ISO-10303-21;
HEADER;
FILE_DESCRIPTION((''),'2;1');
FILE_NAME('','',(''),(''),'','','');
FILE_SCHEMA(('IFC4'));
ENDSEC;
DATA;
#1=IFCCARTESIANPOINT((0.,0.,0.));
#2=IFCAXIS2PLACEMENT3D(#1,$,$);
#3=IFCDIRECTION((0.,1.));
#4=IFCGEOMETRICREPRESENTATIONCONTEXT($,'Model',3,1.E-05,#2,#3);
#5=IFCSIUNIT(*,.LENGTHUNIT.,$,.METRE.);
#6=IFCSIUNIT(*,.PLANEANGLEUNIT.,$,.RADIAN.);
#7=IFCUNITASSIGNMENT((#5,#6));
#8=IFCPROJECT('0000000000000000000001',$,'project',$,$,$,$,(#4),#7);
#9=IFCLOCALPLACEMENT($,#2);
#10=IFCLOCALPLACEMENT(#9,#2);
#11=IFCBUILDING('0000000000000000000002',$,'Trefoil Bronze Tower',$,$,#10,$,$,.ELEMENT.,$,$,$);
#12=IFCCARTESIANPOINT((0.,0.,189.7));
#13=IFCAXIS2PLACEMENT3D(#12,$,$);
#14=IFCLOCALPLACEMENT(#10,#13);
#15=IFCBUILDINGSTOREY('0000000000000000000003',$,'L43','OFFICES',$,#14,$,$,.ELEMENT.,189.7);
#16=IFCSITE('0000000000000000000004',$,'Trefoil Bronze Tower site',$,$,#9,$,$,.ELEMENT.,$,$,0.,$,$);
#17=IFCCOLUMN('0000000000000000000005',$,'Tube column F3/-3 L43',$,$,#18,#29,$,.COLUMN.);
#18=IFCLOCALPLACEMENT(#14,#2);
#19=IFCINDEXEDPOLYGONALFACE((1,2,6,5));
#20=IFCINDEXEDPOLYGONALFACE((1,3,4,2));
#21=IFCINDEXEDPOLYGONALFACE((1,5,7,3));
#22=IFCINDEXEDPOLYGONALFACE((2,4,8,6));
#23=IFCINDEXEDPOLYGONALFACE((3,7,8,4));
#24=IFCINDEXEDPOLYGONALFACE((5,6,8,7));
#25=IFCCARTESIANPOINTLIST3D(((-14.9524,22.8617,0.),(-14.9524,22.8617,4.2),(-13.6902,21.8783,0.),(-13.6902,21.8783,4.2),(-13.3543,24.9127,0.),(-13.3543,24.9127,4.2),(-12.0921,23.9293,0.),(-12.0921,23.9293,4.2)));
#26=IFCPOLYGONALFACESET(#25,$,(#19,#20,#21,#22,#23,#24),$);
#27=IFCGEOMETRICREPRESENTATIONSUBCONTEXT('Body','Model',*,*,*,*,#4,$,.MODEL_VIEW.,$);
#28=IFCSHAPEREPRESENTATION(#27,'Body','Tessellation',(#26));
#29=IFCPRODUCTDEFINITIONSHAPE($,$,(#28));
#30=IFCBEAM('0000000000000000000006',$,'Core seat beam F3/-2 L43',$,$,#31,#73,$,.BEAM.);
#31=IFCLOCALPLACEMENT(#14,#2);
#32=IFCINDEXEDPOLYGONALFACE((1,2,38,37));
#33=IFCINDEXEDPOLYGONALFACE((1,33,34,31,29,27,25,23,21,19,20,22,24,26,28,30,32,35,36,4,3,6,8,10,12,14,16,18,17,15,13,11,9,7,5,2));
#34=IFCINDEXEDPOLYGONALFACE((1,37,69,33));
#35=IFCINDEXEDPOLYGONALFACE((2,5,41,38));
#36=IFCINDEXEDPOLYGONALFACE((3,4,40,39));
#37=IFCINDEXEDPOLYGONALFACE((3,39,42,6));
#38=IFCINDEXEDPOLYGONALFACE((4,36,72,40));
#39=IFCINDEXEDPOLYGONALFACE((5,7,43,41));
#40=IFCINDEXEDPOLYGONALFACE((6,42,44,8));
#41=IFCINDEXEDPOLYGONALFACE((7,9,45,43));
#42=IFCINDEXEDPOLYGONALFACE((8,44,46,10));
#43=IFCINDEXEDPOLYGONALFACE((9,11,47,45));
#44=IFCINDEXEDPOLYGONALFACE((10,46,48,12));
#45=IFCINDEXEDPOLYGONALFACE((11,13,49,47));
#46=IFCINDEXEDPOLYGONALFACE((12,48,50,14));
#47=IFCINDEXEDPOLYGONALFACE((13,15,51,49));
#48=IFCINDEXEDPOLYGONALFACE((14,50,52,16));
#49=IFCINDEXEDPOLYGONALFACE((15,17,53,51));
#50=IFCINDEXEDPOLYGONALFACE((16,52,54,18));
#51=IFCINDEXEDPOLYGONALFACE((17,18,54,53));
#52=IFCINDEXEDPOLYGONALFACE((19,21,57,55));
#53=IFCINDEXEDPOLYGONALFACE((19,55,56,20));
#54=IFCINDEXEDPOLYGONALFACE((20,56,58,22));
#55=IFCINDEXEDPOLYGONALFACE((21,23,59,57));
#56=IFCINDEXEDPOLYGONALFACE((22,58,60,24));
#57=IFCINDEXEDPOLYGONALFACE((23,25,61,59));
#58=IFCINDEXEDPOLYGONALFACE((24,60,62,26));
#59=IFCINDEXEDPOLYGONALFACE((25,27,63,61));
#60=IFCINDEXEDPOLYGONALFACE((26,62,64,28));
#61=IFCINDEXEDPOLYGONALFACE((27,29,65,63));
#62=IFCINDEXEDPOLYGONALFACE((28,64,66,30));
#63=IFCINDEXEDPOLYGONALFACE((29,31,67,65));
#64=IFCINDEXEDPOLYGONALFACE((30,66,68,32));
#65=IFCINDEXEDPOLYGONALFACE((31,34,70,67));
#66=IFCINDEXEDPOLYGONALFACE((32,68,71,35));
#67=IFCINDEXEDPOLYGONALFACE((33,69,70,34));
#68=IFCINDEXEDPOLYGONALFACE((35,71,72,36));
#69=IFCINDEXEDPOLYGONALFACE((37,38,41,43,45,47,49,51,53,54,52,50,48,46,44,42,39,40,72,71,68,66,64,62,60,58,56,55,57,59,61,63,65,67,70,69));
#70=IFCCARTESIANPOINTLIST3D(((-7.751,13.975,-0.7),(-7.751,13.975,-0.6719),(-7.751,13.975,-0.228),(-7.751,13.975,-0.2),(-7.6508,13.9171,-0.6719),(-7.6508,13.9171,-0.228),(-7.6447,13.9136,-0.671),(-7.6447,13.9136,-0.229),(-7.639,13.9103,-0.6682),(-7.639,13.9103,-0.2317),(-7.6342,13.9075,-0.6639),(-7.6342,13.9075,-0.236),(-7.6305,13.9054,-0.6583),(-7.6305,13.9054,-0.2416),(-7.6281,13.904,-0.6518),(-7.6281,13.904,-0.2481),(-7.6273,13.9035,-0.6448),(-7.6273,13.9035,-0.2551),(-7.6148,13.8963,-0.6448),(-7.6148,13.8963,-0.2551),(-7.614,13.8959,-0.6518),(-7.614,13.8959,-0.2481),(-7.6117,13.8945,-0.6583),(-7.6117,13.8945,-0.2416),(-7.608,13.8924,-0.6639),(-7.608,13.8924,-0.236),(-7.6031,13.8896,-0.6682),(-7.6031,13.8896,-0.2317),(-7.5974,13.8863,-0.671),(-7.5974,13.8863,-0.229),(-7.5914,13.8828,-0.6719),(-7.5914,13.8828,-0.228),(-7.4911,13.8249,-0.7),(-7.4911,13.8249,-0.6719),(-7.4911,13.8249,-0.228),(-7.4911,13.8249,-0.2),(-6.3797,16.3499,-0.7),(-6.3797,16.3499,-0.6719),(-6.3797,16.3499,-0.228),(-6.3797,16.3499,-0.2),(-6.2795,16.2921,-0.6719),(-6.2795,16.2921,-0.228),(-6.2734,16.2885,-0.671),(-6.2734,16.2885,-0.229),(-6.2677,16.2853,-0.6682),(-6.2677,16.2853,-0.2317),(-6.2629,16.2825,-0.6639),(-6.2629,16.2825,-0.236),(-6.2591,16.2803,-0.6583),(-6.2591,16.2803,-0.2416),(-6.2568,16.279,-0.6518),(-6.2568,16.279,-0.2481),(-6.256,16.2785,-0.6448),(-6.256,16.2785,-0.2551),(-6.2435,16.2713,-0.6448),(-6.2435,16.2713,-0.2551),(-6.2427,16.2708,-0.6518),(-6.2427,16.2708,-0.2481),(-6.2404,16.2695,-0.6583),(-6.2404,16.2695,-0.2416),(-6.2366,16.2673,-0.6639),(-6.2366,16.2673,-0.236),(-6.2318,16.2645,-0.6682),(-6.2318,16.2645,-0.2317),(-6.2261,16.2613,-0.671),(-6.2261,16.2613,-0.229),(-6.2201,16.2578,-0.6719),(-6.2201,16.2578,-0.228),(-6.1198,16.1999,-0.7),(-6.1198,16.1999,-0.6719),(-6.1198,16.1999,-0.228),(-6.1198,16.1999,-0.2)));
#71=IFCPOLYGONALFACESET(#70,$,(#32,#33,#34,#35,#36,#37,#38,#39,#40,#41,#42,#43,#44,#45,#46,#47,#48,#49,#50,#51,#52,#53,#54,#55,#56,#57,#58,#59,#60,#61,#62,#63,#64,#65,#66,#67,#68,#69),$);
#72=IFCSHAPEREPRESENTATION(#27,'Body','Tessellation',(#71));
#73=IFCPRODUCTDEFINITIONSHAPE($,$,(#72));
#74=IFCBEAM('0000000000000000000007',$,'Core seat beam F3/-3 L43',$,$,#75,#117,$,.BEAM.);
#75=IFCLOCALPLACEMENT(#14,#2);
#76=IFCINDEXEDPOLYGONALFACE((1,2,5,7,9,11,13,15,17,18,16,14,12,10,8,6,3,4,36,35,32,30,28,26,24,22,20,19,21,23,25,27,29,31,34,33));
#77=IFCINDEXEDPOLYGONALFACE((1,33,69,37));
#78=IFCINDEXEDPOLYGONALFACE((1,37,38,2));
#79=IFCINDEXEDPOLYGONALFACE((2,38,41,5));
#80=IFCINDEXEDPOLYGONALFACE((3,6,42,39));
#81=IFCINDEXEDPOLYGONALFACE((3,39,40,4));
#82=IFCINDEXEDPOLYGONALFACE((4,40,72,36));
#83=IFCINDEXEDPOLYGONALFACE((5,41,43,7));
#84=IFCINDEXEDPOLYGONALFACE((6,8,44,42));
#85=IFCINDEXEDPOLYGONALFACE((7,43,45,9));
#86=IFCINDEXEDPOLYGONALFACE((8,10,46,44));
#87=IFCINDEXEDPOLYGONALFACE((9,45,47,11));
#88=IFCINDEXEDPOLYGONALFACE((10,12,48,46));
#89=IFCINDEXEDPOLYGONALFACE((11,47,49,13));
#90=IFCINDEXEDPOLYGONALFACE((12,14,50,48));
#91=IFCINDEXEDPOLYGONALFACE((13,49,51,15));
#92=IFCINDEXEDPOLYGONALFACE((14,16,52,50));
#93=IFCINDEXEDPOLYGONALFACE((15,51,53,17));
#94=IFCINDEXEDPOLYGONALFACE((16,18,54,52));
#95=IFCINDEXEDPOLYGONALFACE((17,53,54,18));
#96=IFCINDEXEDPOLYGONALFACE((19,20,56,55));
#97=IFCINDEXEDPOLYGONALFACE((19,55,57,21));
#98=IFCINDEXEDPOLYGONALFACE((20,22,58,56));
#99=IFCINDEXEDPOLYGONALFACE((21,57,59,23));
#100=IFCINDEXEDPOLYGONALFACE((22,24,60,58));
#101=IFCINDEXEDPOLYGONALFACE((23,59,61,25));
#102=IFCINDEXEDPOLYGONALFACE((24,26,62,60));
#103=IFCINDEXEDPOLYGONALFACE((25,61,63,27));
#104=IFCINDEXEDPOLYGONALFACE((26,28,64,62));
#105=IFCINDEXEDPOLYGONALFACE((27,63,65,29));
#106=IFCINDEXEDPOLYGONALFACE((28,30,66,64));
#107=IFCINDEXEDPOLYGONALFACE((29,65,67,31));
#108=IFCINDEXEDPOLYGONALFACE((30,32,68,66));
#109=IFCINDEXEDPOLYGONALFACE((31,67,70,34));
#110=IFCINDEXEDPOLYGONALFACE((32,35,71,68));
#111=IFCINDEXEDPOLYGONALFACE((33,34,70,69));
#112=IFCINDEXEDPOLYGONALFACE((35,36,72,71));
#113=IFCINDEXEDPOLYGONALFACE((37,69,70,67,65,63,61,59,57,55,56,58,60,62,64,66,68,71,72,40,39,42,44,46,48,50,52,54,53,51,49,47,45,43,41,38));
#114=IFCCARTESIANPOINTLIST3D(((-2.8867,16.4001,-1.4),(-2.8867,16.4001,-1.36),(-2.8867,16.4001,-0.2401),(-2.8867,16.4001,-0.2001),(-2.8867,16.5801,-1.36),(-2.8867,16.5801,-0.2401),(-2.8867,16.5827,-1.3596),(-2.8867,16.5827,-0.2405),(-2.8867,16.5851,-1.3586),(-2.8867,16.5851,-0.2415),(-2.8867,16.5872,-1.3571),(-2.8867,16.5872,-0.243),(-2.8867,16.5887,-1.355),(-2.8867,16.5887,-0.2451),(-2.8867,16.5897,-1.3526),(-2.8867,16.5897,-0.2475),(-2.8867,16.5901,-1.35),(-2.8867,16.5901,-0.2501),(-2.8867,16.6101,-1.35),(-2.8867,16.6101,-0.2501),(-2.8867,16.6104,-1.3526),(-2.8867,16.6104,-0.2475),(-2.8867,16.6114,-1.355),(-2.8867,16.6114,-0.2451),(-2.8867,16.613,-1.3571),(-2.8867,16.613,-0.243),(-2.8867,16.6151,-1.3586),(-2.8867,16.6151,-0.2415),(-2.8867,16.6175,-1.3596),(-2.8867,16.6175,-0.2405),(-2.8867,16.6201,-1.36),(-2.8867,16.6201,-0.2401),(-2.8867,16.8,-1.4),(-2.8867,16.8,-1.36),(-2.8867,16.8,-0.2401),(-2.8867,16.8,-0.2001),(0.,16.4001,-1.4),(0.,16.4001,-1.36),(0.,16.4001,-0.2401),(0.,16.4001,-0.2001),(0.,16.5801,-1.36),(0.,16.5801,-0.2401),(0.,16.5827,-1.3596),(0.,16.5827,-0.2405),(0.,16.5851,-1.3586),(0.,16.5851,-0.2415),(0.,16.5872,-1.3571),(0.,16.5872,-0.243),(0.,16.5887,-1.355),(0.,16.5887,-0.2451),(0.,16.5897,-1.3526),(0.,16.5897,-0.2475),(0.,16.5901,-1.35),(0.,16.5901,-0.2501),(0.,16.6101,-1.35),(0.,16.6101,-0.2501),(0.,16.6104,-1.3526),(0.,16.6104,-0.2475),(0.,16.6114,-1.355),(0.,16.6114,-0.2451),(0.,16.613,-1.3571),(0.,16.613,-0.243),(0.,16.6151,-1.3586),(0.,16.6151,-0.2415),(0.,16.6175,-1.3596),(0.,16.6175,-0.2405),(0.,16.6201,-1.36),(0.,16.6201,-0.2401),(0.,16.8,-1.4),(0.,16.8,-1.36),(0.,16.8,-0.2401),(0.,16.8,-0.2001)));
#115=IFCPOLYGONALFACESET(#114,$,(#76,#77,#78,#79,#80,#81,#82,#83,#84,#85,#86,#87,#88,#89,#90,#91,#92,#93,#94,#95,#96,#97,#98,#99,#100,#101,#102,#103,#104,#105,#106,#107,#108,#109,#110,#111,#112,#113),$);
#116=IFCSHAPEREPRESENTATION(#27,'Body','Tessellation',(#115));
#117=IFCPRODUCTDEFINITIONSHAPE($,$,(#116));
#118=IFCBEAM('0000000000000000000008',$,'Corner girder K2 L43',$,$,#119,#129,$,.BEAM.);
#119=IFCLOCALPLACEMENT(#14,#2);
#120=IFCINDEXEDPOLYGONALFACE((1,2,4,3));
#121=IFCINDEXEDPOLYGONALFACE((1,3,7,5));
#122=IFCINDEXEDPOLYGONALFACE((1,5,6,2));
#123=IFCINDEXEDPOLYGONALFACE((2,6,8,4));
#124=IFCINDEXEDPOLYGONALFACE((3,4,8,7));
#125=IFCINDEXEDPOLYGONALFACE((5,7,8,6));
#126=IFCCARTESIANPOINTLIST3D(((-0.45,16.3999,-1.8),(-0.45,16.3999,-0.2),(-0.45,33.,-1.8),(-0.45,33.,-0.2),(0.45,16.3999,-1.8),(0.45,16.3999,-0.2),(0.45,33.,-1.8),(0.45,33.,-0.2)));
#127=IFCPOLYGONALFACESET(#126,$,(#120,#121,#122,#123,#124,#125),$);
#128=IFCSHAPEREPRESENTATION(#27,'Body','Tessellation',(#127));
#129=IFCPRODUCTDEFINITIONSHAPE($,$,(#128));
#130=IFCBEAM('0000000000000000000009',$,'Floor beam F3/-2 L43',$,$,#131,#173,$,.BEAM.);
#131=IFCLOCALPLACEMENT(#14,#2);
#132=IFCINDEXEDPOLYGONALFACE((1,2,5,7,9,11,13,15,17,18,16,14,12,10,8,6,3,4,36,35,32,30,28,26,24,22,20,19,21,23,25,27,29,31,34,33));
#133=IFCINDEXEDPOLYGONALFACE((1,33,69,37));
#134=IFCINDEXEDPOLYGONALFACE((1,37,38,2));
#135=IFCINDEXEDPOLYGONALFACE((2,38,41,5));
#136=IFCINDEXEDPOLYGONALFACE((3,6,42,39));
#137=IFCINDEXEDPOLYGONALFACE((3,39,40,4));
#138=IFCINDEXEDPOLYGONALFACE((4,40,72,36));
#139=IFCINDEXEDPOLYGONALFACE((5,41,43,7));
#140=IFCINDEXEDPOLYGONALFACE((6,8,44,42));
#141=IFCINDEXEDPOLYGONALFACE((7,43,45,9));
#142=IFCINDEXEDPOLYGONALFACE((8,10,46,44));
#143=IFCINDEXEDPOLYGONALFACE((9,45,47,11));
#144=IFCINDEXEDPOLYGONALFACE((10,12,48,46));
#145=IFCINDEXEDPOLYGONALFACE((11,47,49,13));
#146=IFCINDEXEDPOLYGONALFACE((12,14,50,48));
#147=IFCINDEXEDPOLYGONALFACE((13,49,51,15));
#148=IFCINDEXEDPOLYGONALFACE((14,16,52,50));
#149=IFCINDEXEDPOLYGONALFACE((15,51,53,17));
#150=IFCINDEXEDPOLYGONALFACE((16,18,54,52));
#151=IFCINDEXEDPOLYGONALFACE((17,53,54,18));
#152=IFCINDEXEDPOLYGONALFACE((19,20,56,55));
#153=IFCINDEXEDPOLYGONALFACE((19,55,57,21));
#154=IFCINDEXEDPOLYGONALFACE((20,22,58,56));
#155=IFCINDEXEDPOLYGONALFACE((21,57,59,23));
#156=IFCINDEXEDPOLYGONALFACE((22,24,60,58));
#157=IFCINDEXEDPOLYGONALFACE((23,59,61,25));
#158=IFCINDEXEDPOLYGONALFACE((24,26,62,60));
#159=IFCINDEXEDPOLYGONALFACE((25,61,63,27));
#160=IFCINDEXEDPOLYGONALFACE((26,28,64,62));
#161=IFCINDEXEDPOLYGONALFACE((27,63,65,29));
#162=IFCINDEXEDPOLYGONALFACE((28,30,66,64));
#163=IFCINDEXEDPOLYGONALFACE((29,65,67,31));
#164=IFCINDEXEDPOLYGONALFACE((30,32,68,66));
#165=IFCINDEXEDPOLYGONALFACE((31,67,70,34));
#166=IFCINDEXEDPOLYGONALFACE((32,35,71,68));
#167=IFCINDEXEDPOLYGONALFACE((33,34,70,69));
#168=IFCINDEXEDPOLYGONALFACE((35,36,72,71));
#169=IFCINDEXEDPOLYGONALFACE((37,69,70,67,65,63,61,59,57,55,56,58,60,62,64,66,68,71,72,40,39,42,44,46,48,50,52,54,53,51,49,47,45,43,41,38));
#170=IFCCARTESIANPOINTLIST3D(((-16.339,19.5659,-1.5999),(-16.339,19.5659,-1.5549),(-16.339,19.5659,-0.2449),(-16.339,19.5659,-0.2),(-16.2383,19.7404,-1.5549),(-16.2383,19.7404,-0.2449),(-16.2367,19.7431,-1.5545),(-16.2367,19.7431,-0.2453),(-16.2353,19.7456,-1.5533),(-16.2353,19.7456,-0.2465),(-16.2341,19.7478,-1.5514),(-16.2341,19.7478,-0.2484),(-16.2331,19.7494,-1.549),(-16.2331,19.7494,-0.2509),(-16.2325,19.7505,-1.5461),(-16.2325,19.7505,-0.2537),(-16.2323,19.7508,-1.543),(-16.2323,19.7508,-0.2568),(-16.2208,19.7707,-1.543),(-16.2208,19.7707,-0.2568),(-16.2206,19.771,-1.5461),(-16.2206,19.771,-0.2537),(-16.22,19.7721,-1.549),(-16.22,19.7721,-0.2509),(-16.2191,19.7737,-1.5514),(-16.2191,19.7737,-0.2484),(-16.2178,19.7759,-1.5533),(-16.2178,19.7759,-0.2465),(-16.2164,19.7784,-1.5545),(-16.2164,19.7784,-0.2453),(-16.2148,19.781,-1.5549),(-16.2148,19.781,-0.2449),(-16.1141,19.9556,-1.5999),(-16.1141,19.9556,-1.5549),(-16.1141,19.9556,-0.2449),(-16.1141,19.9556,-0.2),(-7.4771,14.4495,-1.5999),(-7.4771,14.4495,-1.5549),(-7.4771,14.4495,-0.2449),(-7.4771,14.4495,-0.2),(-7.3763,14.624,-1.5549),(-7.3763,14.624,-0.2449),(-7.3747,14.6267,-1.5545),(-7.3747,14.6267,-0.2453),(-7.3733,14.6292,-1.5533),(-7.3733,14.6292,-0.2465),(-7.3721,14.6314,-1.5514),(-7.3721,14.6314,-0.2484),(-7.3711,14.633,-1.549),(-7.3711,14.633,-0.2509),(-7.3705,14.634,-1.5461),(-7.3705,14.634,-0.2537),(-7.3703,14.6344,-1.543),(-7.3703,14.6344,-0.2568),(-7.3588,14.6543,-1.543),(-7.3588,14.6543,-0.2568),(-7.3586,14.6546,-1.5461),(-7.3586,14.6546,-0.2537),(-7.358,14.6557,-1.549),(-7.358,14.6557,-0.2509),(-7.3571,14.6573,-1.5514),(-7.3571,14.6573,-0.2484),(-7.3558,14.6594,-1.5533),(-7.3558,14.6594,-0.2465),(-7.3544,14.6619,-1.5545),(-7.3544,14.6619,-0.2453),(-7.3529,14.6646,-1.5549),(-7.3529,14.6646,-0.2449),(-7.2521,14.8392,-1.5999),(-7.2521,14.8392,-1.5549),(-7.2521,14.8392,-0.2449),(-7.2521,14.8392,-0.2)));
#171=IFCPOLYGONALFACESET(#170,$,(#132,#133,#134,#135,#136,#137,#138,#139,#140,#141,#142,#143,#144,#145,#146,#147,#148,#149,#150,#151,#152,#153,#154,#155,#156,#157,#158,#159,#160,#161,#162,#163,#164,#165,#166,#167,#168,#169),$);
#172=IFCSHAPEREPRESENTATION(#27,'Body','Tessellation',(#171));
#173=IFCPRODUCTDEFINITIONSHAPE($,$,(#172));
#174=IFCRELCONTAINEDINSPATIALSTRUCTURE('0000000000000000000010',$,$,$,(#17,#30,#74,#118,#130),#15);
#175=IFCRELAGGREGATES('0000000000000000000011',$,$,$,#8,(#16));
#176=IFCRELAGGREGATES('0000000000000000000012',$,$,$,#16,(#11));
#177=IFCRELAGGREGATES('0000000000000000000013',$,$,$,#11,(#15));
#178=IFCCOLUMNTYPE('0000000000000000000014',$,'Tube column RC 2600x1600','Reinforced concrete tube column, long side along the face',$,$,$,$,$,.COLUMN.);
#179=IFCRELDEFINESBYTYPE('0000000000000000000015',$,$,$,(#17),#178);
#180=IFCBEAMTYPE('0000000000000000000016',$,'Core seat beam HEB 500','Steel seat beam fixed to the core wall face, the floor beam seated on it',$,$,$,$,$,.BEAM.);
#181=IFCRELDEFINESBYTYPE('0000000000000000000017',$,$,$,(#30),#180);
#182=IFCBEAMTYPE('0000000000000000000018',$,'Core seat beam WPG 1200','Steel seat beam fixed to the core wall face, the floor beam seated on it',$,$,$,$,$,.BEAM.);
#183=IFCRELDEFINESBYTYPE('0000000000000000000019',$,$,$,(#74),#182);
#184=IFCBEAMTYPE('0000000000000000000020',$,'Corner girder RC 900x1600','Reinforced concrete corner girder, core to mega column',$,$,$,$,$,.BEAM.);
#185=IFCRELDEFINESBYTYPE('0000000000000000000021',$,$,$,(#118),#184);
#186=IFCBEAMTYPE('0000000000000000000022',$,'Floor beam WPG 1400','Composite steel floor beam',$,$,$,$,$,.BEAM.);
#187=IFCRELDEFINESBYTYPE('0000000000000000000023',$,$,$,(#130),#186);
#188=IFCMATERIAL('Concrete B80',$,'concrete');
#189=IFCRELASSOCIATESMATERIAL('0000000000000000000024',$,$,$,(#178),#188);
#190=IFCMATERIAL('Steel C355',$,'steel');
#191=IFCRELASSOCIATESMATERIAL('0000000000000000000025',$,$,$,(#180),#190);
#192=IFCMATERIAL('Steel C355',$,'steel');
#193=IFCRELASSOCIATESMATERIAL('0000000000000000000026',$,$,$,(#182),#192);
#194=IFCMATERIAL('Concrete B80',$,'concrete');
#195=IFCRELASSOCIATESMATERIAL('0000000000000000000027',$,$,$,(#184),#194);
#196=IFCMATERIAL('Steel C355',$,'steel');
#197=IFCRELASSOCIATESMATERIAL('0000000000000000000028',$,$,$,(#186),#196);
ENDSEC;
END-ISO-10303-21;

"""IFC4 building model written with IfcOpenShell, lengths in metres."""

from ifc_helpers import new_model, si_unit, direction, frame, origin, origin_2d, place, context, subcontext, project, spatial, rectangle, i_section, extrude, material, material_profile, profile_set, type_object, element, save


model = new_model("IFC4")

# Units and contexts
model_context = context("Model", 3, precision=1e-05, world=origin(), true_north=direction((0.0, 1.0)))
body_context = subcontext(model_context, "Body", "Model", "MODEL_VIEW")
ifc_project = project(units=[si_unit("LENGTHUNIT", "METRE"), si_unit("PLANEANGLEUNIT", "RADIAN")], contexts=[model_context])

# Site, building, storey
site_placement = place(None, origin())
site = spatial("IfcSite", under=ifc_project, at=site_placement, Name="Trefoil Bronze Tower site", CompositionType="ELEMENT", RefElevation=0.0)
building_placement = place(site_placement, origin())
building = spatial("IfcBuilding", under=site, at=building_placement, Name="Trefoil Bronze Tower", CompositionType="ELEMENT")
storey_placement = place(building_placement, frame((0.0, 0.0, 189.7)))
storey = spatial("IfcBuildingStorey", under=building, at=storey_placement, Name="L43", Description="OFFICES", CompositionType="ELEMENT", Elevation=189.7)

# Column
ifc_material_1 = material(Name="Concrete B80", Category="concrete")
ifc_material_profile_1 = material_profile(ifc_material_1, rectangle(XDim=2.6001, YDim=1.6001, at=origin_2d()), Name="RC 2600x1600")
ifc_profile_set_1 = profile_set([ifc_material_profile_1], Name="Concrete B80")
column_type = type_object("IfcColumnType", Name="Tube column RC 2600x1600", Description="Reinforced concrete tube column, long side along the face", PredefinedType="COLUMN", material=ifc_profile_set_1)
column_placement = place(storey_placement, frame((-13.5222, 23.3955, 0.0), z_axis=(0.0, 0.0, 1.0), x_axis=(-0.614622, -0.788821, 0.0)))
element("IfcColumn", 1, at=column_placement, inside=storey, type_object=column_type, Name="Tube column F3/-3 L43", PredefinedType="COLUMN", context=body_context, shape_type="SweptSolid", body=[
    extrude(rectangle(XDim=2.6001, YDim=1.6001, at=origin_2d()), origin(), (0.0, 0.0, 1.0), 4.2),
])

# Beams
ifc_material_2 = material(Name="Steel C355", Category="steel")
ifc_material_profile_2 = material_profile(ifc_material_2, i_section(OverallWidth=0.3, OverallDepth=0.5, WebThickness=0.0144, FlangeThickness=0.0281, FilletRadius=0.0271, at=origin_2d()), Name="HEB 500")
ifc_profile_set_2 = profile_set([ifc_material_profile_2], Name="Steel C355")
beam_type_1 = type_object("IfcBeamType", Name="Core seat beam HEB 500", Description="Steel seat beam fixed to the core wall face, the floor beam seated on it", PredefinedType="BEAM", material=ifc_profile_set_2)
beam_1_placement = place(storey_placement, frame((-6.2498, 16.2749, -0.45), z_axis=(-0.500036, -0.866005, 0.0), x_axis=(0.866005, -0.500036, 0.0)))
element("IfcBeam", 2, at=beam_1_placement, inside=storey, type_object=beam_type_1, Name="Core seat beam F3/-2 L43", PredefinedType="BEAM", context=body_context, shape_type="SweptSolid", body=[
    extrude(i_section(OverallWidth=0.3, OverallDepth=0.5, WebThickness=0.0144, FlangeThickness=0.0281, FilletRadius=0.0271, at=origin_2d()), origin(), (0.0, 0.0, 1.0), 2.7424),
])
ifc_material_3 = material(Name="Steel C355", Category="steel")
ifc_material_profile_3 = material_profile(ifc_material_3, i_section(OverallWidth=0.3999, OverallDepth=1.2, WebThickness=0.02, FlangeThickness=0.04, FilletRadius=0.01, at=origin_2d()), Name="WPG 1200")
ifc_profile_set_3 = profile_set([ifc_material_profile_3], Name="Steel C355")
beam_type_2 = type_object("IfcBeamType", Name="Core seat beam WPG 1200", Description="Steel seat beam fixed to the core wall face, the floor beam seated on it", PredefinedType="BEAM", material=ifc_profile_set_3)
beam_2_placement = place(storey_placement, frame((0.0, 16.6001, -0.8), z_axis=(-1.0, 0.0, 0.0), x_axis=(0.0, -1.0, 0.0)))
element("IfcBeam", 3, at=beam_2_placement, inside=storey, type_object=beam_type_2, Name="Core seat beam F3/-3 L43", PredefinedType="BEAM", context=body_context, shape_type="SweptSolid", body=[
    extrude(i_section(OverallWidth=0.3999, OverallDepth=1.2, WebThickness=0.02, FlangeThickness=0.04, FilletRadius=0.01, at=origin_2d()), origin(), (0.0, 0.0, 1.0), 2.8867),
])
ifc_material_4 = material(Name="Concrete B80", Category="concrete")
ifc_material_profile_4 = material_profile(ifc_material_4, rectangle(XDim=0.8999, YDim=1.6001, at=origin_2d()), Name="RC 900x1600")
ifc_profile_set_4 = profile_set([ifc_material_profile_4], Name="Concrete B80")
beam_type_3 = type_object("IfcBeamType", Name="Corner girder RC 900x1600", Description="Reinforced concrete corner girder, core to mega column", PredefinedType="BEAM", material=ifc_profile_set_4)
beam_3_placement = place(storey_placement, frame((0.0, 16.3999, -1.0), z_axis=(0.0, 1.0, 0.0), x_axis=(-1.0, 0.0, 0.0)))
element("IfcBeam", 4, at=beam_3_placement, inside=storey, type_object=beam_type_3, Name="Corner girder K2 L43", PredefinedType="BEAM", context=body_context, shape_type="SweptSolid", body=[
    extrude(rectangle(XDim=0.8999, YDim=1.6001, at=origin_2d()), origin(), (0.0, 0.0, 1.0), 16.6001),
])
ifc_material_5 = material(Name="Steel C355", Category="steel")
ifc_material_profile_5 = material_profile(ifc_material_5, i_section(OverallWidth=0.45, OverallDepth=1.3999, WebThickness=0.0229, FlangeThickness=0.0449, FilletRadius=0.012, at=origin_2d()), Name="WPG 1400")
ifc_profile_set_5 = profile_set([ifc_material_profile_5], Name="Steel C355")
beam_type_4 = type_object("IfcBeamType", Name="Floor beam WPG 1400", Description="Composite steel floor beam", PredefinedType="BEAM", material=ifc_profile_set_5)
beam_4_placement = place(storey_placement, frame((-16.2266, 19.7607, -0.8999), z_axis=(0.866028, -0.499996, 0.0), x_axis=(0.499996, 0.866028, 0.0)))
element("IfcBeam", 5, at=beam_4_placement, inside=storey, type_object=beam_type_4, Name="Floor beam F3/-2 L43", PredefinedType="BEAM", context=body_context, shape_type="SweptSolid", body=[
    extrude(i_section(OverallWidth=0.45, OverallDepth=1.3999, WebThickness=0.0229, FlangeThickness=0.0449, FilletRadius=0.012, at=origin_2d()), origin(), (0.0, 0.0, 1.0), 10.2329),
])

save(model, "model.ifc")
